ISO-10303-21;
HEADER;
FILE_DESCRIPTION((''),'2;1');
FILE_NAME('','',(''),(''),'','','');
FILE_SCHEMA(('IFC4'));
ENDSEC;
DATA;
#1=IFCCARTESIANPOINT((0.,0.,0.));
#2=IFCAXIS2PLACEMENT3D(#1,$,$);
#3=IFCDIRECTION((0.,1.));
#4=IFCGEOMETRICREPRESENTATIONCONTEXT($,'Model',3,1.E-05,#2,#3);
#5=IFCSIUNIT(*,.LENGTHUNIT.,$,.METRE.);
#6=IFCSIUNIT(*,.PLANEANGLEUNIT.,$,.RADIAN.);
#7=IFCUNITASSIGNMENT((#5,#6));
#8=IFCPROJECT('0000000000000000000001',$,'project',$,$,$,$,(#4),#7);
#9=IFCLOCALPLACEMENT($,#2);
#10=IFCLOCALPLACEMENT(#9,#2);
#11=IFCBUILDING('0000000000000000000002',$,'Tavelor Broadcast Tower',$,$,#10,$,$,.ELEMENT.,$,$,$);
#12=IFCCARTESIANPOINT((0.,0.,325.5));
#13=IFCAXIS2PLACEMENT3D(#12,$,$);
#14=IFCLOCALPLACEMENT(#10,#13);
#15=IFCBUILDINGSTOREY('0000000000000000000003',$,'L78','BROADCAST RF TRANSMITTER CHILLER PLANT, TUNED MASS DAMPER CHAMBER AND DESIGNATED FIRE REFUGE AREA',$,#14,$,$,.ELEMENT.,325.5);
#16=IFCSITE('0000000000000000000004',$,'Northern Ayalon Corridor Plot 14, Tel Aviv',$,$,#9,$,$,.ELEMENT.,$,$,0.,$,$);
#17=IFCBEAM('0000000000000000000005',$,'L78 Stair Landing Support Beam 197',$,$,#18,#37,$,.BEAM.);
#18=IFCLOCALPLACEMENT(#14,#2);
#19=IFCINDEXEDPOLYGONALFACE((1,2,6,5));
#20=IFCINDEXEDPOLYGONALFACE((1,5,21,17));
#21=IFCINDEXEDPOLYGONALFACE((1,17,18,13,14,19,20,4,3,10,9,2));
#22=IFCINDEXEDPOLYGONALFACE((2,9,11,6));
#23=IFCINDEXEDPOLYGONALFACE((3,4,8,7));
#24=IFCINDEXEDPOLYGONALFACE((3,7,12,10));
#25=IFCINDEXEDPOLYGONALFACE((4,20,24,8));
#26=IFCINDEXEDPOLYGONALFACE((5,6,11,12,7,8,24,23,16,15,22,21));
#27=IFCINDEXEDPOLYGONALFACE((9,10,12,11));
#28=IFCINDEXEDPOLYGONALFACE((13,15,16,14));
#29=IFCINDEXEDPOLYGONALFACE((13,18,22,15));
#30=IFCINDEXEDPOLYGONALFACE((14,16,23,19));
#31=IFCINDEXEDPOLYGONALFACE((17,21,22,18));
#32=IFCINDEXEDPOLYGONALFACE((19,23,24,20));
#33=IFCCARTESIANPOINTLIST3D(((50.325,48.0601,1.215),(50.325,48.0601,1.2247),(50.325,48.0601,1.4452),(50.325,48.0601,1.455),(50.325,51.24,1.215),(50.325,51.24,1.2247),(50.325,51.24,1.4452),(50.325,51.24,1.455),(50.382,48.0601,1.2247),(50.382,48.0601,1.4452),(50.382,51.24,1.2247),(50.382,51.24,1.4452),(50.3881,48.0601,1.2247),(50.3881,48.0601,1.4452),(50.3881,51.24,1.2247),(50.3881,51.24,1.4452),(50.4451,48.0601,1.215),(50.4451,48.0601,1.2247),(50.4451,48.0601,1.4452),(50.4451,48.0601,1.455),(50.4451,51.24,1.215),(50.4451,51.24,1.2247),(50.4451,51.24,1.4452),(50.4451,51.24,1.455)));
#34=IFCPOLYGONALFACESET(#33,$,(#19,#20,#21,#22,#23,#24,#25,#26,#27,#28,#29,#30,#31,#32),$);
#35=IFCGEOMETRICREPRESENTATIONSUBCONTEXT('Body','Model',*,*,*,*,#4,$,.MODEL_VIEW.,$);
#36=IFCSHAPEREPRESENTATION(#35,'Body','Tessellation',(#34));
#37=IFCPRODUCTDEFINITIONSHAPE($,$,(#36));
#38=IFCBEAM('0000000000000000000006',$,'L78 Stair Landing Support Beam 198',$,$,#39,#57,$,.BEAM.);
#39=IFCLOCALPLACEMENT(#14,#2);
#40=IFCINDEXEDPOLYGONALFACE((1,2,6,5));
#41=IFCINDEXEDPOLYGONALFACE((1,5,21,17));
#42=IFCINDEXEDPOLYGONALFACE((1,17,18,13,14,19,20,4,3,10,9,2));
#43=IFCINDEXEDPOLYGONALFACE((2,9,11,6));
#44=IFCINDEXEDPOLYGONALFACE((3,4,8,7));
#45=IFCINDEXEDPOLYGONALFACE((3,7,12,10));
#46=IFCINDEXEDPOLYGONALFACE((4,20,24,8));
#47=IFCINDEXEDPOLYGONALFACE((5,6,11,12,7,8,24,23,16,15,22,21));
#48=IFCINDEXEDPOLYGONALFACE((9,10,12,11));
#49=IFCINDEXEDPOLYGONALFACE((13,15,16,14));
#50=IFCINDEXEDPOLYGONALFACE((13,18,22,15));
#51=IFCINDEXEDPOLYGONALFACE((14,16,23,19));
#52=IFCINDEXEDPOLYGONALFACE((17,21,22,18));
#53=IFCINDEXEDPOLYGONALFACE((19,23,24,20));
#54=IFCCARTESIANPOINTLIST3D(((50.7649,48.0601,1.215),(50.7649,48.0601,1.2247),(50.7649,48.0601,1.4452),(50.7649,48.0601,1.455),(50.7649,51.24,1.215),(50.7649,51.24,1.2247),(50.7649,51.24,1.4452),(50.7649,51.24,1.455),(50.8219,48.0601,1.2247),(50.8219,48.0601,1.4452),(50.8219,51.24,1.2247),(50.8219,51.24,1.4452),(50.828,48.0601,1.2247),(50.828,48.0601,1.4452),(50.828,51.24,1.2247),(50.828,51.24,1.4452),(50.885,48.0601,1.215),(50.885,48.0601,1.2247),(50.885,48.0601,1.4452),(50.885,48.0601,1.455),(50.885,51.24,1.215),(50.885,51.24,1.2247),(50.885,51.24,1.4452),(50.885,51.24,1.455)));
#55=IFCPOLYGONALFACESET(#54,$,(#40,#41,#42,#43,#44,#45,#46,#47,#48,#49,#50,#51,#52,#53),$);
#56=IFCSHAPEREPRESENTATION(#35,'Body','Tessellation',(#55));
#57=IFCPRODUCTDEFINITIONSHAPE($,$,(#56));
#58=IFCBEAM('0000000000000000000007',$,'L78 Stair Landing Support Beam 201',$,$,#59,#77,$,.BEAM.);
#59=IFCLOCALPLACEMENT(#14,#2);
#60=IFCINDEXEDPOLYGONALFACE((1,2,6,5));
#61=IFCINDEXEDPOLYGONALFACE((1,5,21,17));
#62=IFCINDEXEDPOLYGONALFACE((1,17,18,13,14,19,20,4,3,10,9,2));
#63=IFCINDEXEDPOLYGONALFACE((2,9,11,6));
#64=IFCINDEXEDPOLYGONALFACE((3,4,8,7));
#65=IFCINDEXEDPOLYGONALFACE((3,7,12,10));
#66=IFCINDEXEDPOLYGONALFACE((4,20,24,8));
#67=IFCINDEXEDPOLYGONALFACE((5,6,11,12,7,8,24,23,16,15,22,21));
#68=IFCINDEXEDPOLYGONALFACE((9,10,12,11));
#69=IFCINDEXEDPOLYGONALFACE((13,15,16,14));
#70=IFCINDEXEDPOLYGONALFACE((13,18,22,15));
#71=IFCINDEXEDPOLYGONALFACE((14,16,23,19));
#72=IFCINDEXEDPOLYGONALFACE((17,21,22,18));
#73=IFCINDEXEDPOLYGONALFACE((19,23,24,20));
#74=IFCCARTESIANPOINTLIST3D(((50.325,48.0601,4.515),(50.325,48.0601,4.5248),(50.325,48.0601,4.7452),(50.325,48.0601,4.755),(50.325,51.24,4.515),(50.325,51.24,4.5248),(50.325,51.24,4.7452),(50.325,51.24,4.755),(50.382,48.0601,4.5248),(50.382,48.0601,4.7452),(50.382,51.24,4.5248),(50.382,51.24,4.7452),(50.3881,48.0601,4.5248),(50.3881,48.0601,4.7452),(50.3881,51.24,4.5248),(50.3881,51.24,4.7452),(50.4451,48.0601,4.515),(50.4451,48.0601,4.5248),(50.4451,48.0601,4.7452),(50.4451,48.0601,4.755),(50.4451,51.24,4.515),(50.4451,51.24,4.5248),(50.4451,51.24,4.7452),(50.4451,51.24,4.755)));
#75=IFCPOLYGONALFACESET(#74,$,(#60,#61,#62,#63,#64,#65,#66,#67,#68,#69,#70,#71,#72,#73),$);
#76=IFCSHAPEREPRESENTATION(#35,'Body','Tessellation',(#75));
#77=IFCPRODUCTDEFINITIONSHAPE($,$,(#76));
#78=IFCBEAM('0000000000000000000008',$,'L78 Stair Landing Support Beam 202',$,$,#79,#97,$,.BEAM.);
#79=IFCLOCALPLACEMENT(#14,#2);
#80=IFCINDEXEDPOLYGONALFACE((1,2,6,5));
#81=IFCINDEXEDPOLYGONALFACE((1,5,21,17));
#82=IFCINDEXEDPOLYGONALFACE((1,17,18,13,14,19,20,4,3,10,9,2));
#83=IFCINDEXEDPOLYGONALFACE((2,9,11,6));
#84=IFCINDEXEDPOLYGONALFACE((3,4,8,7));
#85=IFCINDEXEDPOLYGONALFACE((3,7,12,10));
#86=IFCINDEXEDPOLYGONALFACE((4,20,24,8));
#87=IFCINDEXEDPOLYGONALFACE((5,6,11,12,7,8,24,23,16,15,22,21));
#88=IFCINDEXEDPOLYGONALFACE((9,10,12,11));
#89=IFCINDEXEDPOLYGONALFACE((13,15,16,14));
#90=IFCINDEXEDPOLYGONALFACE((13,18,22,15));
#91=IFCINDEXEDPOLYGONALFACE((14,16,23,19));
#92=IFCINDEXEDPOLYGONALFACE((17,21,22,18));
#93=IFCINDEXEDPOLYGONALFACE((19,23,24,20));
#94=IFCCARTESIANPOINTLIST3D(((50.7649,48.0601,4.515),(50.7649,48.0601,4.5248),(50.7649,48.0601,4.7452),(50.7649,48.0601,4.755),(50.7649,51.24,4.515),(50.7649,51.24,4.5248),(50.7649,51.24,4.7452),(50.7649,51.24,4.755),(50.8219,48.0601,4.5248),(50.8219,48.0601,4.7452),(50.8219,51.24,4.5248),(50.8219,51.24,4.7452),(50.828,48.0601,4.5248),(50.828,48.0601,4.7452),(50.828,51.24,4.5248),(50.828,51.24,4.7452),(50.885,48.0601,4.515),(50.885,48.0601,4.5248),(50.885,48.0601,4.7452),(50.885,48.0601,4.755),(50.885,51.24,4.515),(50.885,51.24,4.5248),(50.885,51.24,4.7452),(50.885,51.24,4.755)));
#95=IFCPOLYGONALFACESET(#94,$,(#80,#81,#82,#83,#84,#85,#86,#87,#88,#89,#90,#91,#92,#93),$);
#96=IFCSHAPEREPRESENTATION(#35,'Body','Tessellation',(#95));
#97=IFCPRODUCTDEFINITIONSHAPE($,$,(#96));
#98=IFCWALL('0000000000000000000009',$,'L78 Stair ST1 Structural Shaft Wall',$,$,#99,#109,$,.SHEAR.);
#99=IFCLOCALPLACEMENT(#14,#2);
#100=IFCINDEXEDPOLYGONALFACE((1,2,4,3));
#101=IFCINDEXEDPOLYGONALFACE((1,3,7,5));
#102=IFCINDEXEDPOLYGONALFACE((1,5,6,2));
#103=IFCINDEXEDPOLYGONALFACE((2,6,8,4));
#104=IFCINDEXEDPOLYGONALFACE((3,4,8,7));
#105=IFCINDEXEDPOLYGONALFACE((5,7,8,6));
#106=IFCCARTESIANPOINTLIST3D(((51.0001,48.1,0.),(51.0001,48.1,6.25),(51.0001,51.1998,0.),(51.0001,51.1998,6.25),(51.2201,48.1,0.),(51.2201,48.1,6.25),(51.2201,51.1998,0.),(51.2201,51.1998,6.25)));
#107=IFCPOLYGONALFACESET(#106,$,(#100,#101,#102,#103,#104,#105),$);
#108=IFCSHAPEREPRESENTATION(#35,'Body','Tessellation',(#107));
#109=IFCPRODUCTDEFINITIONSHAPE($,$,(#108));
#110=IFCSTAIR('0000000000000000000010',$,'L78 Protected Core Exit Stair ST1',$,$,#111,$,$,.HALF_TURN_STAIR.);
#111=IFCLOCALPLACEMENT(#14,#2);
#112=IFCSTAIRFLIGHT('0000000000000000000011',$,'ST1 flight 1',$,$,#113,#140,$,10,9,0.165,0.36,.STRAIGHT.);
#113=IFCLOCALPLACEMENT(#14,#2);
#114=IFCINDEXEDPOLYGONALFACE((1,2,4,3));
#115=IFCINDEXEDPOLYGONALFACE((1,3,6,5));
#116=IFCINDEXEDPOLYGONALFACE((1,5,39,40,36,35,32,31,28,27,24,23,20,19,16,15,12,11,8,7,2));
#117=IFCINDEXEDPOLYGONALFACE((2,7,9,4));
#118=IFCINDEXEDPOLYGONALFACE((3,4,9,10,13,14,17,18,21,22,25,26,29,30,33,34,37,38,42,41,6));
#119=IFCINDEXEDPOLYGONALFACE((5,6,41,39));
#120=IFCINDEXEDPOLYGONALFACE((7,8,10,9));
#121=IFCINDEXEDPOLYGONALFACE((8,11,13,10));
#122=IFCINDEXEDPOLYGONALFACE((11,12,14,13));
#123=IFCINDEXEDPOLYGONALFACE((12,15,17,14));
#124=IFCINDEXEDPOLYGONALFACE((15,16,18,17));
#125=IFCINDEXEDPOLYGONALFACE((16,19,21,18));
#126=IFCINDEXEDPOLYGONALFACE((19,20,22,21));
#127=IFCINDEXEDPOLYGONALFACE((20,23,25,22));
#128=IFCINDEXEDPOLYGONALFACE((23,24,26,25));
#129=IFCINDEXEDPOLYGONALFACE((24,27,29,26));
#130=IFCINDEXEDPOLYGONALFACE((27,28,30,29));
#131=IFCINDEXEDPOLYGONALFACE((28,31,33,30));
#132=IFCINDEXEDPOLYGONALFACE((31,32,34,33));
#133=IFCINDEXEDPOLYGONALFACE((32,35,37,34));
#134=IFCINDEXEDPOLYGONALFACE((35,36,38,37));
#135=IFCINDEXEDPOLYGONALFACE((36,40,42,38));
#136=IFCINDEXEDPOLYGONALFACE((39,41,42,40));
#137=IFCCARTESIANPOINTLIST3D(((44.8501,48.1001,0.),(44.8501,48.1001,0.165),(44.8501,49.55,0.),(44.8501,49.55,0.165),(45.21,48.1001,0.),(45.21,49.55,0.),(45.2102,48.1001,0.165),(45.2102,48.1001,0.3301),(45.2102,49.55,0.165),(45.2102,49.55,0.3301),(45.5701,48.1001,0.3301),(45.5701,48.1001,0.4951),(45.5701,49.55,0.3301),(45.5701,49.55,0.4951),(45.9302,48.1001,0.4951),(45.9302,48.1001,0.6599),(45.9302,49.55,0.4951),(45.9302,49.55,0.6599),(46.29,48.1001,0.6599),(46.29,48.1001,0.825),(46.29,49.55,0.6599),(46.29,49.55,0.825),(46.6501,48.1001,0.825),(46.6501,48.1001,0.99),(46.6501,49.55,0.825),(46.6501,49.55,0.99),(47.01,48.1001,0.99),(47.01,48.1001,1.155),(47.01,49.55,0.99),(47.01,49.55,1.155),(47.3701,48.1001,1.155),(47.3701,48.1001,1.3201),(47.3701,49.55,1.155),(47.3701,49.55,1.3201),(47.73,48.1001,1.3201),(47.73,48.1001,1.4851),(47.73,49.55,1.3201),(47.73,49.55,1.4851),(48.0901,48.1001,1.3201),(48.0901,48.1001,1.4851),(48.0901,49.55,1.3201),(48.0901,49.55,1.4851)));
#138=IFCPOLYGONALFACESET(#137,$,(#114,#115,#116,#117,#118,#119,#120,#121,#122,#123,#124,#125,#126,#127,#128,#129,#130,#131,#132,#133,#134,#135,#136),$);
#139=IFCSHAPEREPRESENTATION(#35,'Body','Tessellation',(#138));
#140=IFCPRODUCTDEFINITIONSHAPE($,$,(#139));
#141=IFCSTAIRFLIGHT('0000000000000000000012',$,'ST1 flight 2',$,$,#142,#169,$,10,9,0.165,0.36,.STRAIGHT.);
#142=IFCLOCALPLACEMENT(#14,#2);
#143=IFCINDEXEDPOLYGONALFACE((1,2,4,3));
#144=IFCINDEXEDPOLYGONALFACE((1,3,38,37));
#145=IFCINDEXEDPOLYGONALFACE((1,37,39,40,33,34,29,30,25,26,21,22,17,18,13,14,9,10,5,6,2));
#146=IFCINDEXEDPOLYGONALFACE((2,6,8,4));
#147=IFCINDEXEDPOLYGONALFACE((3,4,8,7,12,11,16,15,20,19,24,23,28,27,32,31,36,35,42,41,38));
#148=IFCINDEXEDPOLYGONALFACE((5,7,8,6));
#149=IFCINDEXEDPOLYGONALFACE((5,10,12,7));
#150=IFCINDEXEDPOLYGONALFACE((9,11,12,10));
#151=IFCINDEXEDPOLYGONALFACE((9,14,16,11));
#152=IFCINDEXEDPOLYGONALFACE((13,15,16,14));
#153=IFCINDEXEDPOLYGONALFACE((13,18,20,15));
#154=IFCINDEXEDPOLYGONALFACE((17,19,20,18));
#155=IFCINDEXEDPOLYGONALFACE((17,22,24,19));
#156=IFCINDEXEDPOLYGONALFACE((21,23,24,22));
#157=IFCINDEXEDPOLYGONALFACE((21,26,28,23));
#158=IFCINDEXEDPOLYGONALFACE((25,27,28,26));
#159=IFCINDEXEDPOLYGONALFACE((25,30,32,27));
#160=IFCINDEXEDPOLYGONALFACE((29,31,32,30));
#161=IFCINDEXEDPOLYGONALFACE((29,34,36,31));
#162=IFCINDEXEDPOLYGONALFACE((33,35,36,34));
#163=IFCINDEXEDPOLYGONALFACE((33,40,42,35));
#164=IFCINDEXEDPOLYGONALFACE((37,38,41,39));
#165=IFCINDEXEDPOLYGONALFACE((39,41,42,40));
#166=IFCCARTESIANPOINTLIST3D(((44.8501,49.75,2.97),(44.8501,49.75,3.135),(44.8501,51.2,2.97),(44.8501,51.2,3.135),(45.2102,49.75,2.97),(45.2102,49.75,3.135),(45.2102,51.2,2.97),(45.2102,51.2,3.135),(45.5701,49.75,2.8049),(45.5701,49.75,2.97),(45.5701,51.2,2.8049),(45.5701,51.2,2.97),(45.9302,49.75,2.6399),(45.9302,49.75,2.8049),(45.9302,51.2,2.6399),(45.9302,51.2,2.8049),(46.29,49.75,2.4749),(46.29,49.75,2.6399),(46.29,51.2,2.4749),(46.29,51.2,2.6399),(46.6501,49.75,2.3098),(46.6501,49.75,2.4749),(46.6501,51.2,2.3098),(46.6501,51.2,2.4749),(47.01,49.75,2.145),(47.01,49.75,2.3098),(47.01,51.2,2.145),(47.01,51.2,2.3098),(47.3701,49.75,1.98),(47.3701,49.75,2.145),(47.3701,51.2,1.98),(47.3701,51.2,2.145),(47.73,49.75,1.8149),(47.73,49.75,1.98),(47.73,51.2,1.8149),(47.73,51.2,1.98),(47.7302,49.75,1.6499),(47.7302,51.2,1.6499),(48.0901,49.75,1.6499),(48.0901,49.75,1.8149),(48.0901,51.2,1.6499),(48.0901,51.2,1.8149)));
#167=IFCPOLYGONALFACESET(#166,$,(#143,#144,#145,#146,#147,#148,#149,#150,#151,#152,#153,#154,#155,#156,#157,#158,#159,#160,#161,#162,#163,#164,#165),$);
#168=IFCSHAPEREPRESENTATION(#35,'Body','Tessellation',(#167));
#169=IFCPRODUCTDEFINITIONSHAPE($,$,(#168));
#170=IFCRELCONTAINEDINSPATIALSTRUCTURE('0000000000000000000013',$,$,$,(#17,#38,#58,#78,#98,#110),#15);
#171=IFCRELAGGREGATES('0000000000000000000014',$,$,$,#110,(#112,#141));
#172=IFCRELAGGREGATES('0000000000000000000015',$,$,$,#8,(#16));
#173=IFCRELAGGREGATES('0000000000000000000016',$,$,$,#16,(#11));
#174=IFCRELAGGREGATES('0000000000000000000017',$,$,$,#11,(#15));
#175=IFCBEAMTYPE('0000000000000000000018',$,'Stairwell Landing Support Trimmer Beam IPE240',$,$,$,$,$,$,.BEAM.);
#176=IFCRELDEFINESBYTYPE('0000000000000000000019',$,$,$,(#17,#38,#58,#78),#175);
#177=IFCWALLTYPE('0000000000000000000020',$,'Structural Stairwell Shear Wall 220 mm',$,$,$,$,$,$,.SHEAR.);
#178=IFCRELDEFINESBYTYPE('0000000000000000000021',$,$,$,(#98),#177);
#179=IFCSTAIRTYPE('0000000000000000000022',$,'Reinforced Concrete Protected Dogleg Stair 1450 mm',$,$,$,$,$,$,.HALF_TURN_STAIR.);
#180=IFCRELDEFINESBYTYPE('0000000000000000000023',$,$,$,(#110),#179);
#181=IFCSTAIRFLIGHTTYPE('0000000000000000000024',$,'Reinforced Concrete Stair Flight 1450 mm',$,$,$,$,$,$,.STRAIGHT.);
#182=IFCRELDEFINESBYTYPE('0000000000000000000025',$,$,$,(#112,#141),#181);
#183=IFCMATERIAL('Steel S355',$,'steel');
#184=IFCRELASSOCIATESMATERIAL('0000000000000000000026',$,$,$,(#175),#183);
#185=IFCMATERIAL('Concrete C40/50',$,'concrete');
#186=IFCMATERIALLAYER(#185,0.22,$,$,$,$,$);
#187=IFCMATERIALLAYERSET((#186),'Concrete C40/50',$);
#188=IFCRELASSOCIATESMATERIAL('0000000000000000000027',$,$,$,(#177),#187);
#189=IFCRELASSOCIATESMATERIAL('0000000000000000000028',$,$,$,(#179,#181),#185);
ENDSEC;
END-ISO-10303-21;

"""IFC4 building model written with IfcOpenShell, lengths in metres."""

from ifc_helpers import new_model, si_unit, direction, frame, frame_2d, origin, origin_2d, place, context, subcontext, project, spatial, polyline, rectangle, i_section, outline, extrude, material, layer, layer_set, material_profile, profile_set, type_object, element, aggregate, save


model = new_model("IFC4")

# Units and contexts
model_context = context("Model", 3, precision=1e-05, world=origin(), true_north=direction((0.0, 1.0)))
body_context = subcontext(model_context, "Body", "Model", "MODEL_VIEW")
ifc_project = project(units=[si_unit("LENGTHUNIT", "METRE"), si_unit("PLANEANGLEUNIT", "RADIAN")], contexts=[model_context])

# Site, building, storey
site_placement = place(None, origin())
site = spatial("IfcSite", under=ifc_project, at=site_placement, Name="Northern Ayalon Corridor Plot 14, Tel Aviv", CompositionType="ELEMENT", RefElevation=0.0)
building_placement = place(site_placement, origin())
building = spatial("IfcBuilding", under=site, at=building_placement, Name="Tavelor Broadcast Tower", CompositionType="ELEMENT")
storey_placement = place(building_placement, frame((0.0, 0.0, 325.5)))
storey = spatial("IfcBuildingStorey", under=building, at=storey_placement, Name="L78", Description="BROADCAST RF TRANSMITTER CHILLER PLANT, TUNED MASS DAMPER CHAMBER AND DESIGNATED FIRE REFUGE AREA", CompositionType="ELEMENT", Elevation=325.5)

# Beams
ifc_material_1 = material(Name="Steel S355", Category="steel")
ifc_material_profile = material_profile(ifc_material_1, i_section(OverallWidth=0.1201, OverallDepth=0.24, WebThickness=0.0061, FlangeThickness=0.0098, at=origin_2d()), Name="IPE 240")
ifc_profile_set = profile_set([ifc_material_profile], Name="Steel S355")
beam_type = type_object("IfcBeamType", Name="Stairwell Landing Support Trimmer Beam IPE240", PredefinedType="BEAM", material=ifc_profile_set)
for number, where, z_axis, x_axis, name in (
    (1, (50.385, 48.0601, 1.335), (0.0, 1.0, 0.0), (-1.0, 0.0, 0.0), "L78 Stair Landing Support Beam 197"),
    (2, (50.825, 48.0601, 1.335), (0.0, 1.0, 0.0), (-1.0, 0.0, 0.0), "L78 Stair Landing Support Beam 198"),
    (3, (50.385, 48.0601, 4.635), (0.0, 1.0, 0.0), (-1.0, 0.0, 0.0), "L78 Stair Landing Support Beam 201"),
    (4, (50.825, 48.0601, 4.635), (0.0, 1.0, 0.0), (-1.0, 0.0, 0.0), "L78 Stair Landing Support Beam 202"),
):
    element("IfcBeam", number, at=place(storey_placement, frame(where, z_axis=z_axis, x_axis=x_axis)), inside=storey, type_object=beam_type, Name=name, PredefinedType="BEAM", context=body_context, shape_type="SweptSolid", body=[
        extrude(i_section(OverallWidth=0.1201, OverallDepth=0.24, WebThickness=0.0061, FlangeThickness=0.0098, at=origin_2d()), origin(), (0.0, 0.0, 1.0), 3.1799),
    ])

# Wall
ifc_material_2 = material(Name="Concrete C40/50", Category="concrete")
ifc_layer = layer(ifc_material_2, 0.22)
ifc_layer_set = layer_set([ifc_layer], Name="Concrete C40/50")
wall_type = type_object("IfcWallType", Name="Structural Stairwell Shear Wall 220 mm", PredefinedType="SHEAR", material=ifc_layer_set)
wall_placement = place(storey_placement, frame((51.1101, 48.1001, 0.0), z_axis=(0.0, 0.0, 1.0), x_axis=(0.0, 1.0, 0.0)))
element("IfcWall", 5, at=wall_placement, inside=storey, type_object=wall_type, Name="L78 Stair ST1 Structural Shaft Wall", PredefinedType="SHEAR", context=body_context, shape_type="SweptSolid", body=[
    extrude(rectangle(XDim=3.0999, YDim=0.22, at=frame_2d((1.5498, 0.0))), origin(), (0.0, 0.0, 1.0), 6.25),
])

# Stair, stair flights
stair_type = type_object("IfcStairType", Name="Reinforced Concrete Protected Dogleg Stair 1450 mm", PredefinedType="HALF_TURN_STAIR", material=ifc_material_2)
stair_placement = place(storey_placement, origin())
stair = element("IfcStair", 6, at=stair_placement, inside=storey, type_object=stair_type, Name="L78 Protected Core Exit Stair ST1", PredefinedType="HALF_TURN_STAIR")
stair_flight_type = type_object("IfcStairFlightType", Name="Reinforced Concrete Stair Flight 1450 mm", PredefinedType="STRAIGHT", material=ifc_material_2)
stair_flight_1_placement = place(storey_placement, frame((44.8501, 48.825, 0.0), z_axis=(0.0, 0.0, 1.0), x_axis=(1.0, 0.0, 0.0)))
stair_flight_1 = element("IfcStairFlight", 7, at=stair_flight_1_placement, type_object=stair_flight_type, Name="ST1 flight 1", NumberOfRisers=10, NumberOfTreads=9, PredefinedType="STRAIGHT", RiserHeight=0.165, TreadLength=0.36, context=body_context, shape_type="SweptSolid", body=[
    extrude(outline(polyline([(0.0, 0.0), (0.0, 0.165), (0.3601, 0.165), (0.3601, 0.3301), (0.72, 0.3301), (0.72, 0.4951), (1.0801, 0.4951), (1.0801, 0.6599), (1.4399, 0.6599), (1.4399, 0.825), (1.8, 0.825), (1.8, 0.99), (2.1599, 0.99), (2.1599, 1.155), (2.52, 1.155), (2.52, 1.3201), (2.8799, 1.3201), (2.8799, 1.4851), (3.24, 1.4851), (3.24, 1.6499), (3.24, 1.3201), (0.3599, 0.0), (0.0, 0.0)])), frame((0.0, 0.7251, 0.0), z_axis=(0.0, -1.0, 0.0), x_axis=(1.0, 0.0, 0.0)), (0.0, 0.0, 1.0), 1.45),
])
stair_flight_2_placement = place(storey_placement, frame((48.0901, 50.4751, 1.6499), z_axis=(0.0, 0.0, 1.0), x_axis=(-1.0, 0.0, 0.0)))
stair_flight_2 = element("IfcStairFlight", 8, at=stair_flight_2_placement, type_object=stair_flight_type, Name="ST1 flight 2", NumberOfRisers=10, NumberOfTreads=9, PredefinedType="STRAIGHT", RiserHeight=0.165, TreadLength=0.36, context=body_context, shape_type="SweptSolid", body=[
    extrude(outline(polyline([(0.0, 0.0), (0.0, 0.165), (0.3601, 0.165), (0.3601, 0.3301), (0.72, 0.3301), (0.72, 0.4951), (1.0801, 0.4951), (1.0801, 0.6599), (1.4399, 0.6599), (1.4399, 0.825), (1.8, 0.825), (1.8, 0.99), (2.1599, 0.99), (2.1599, 1.155), (2.52, 1.155), (2.52, 1.3201), (2.8799, 1.3201), (2.8799, 1.4851), (3.24, 1.4851), (3.24, 1.6499), (3.24, 1.3201), (0.3599, 0.0), (0.0, 0.0)])), frame((0.0, 0.7251, 0.0), z_axis=(0.0, -1.0, 0.0), x_axis=(1.0, 0.0, 0.0)), (0.0, 0.0, 1.0), 1.45),
])
aggregate(stair, [stair_flight_1, stair_flight_2])

save(model, "model.ifc")
